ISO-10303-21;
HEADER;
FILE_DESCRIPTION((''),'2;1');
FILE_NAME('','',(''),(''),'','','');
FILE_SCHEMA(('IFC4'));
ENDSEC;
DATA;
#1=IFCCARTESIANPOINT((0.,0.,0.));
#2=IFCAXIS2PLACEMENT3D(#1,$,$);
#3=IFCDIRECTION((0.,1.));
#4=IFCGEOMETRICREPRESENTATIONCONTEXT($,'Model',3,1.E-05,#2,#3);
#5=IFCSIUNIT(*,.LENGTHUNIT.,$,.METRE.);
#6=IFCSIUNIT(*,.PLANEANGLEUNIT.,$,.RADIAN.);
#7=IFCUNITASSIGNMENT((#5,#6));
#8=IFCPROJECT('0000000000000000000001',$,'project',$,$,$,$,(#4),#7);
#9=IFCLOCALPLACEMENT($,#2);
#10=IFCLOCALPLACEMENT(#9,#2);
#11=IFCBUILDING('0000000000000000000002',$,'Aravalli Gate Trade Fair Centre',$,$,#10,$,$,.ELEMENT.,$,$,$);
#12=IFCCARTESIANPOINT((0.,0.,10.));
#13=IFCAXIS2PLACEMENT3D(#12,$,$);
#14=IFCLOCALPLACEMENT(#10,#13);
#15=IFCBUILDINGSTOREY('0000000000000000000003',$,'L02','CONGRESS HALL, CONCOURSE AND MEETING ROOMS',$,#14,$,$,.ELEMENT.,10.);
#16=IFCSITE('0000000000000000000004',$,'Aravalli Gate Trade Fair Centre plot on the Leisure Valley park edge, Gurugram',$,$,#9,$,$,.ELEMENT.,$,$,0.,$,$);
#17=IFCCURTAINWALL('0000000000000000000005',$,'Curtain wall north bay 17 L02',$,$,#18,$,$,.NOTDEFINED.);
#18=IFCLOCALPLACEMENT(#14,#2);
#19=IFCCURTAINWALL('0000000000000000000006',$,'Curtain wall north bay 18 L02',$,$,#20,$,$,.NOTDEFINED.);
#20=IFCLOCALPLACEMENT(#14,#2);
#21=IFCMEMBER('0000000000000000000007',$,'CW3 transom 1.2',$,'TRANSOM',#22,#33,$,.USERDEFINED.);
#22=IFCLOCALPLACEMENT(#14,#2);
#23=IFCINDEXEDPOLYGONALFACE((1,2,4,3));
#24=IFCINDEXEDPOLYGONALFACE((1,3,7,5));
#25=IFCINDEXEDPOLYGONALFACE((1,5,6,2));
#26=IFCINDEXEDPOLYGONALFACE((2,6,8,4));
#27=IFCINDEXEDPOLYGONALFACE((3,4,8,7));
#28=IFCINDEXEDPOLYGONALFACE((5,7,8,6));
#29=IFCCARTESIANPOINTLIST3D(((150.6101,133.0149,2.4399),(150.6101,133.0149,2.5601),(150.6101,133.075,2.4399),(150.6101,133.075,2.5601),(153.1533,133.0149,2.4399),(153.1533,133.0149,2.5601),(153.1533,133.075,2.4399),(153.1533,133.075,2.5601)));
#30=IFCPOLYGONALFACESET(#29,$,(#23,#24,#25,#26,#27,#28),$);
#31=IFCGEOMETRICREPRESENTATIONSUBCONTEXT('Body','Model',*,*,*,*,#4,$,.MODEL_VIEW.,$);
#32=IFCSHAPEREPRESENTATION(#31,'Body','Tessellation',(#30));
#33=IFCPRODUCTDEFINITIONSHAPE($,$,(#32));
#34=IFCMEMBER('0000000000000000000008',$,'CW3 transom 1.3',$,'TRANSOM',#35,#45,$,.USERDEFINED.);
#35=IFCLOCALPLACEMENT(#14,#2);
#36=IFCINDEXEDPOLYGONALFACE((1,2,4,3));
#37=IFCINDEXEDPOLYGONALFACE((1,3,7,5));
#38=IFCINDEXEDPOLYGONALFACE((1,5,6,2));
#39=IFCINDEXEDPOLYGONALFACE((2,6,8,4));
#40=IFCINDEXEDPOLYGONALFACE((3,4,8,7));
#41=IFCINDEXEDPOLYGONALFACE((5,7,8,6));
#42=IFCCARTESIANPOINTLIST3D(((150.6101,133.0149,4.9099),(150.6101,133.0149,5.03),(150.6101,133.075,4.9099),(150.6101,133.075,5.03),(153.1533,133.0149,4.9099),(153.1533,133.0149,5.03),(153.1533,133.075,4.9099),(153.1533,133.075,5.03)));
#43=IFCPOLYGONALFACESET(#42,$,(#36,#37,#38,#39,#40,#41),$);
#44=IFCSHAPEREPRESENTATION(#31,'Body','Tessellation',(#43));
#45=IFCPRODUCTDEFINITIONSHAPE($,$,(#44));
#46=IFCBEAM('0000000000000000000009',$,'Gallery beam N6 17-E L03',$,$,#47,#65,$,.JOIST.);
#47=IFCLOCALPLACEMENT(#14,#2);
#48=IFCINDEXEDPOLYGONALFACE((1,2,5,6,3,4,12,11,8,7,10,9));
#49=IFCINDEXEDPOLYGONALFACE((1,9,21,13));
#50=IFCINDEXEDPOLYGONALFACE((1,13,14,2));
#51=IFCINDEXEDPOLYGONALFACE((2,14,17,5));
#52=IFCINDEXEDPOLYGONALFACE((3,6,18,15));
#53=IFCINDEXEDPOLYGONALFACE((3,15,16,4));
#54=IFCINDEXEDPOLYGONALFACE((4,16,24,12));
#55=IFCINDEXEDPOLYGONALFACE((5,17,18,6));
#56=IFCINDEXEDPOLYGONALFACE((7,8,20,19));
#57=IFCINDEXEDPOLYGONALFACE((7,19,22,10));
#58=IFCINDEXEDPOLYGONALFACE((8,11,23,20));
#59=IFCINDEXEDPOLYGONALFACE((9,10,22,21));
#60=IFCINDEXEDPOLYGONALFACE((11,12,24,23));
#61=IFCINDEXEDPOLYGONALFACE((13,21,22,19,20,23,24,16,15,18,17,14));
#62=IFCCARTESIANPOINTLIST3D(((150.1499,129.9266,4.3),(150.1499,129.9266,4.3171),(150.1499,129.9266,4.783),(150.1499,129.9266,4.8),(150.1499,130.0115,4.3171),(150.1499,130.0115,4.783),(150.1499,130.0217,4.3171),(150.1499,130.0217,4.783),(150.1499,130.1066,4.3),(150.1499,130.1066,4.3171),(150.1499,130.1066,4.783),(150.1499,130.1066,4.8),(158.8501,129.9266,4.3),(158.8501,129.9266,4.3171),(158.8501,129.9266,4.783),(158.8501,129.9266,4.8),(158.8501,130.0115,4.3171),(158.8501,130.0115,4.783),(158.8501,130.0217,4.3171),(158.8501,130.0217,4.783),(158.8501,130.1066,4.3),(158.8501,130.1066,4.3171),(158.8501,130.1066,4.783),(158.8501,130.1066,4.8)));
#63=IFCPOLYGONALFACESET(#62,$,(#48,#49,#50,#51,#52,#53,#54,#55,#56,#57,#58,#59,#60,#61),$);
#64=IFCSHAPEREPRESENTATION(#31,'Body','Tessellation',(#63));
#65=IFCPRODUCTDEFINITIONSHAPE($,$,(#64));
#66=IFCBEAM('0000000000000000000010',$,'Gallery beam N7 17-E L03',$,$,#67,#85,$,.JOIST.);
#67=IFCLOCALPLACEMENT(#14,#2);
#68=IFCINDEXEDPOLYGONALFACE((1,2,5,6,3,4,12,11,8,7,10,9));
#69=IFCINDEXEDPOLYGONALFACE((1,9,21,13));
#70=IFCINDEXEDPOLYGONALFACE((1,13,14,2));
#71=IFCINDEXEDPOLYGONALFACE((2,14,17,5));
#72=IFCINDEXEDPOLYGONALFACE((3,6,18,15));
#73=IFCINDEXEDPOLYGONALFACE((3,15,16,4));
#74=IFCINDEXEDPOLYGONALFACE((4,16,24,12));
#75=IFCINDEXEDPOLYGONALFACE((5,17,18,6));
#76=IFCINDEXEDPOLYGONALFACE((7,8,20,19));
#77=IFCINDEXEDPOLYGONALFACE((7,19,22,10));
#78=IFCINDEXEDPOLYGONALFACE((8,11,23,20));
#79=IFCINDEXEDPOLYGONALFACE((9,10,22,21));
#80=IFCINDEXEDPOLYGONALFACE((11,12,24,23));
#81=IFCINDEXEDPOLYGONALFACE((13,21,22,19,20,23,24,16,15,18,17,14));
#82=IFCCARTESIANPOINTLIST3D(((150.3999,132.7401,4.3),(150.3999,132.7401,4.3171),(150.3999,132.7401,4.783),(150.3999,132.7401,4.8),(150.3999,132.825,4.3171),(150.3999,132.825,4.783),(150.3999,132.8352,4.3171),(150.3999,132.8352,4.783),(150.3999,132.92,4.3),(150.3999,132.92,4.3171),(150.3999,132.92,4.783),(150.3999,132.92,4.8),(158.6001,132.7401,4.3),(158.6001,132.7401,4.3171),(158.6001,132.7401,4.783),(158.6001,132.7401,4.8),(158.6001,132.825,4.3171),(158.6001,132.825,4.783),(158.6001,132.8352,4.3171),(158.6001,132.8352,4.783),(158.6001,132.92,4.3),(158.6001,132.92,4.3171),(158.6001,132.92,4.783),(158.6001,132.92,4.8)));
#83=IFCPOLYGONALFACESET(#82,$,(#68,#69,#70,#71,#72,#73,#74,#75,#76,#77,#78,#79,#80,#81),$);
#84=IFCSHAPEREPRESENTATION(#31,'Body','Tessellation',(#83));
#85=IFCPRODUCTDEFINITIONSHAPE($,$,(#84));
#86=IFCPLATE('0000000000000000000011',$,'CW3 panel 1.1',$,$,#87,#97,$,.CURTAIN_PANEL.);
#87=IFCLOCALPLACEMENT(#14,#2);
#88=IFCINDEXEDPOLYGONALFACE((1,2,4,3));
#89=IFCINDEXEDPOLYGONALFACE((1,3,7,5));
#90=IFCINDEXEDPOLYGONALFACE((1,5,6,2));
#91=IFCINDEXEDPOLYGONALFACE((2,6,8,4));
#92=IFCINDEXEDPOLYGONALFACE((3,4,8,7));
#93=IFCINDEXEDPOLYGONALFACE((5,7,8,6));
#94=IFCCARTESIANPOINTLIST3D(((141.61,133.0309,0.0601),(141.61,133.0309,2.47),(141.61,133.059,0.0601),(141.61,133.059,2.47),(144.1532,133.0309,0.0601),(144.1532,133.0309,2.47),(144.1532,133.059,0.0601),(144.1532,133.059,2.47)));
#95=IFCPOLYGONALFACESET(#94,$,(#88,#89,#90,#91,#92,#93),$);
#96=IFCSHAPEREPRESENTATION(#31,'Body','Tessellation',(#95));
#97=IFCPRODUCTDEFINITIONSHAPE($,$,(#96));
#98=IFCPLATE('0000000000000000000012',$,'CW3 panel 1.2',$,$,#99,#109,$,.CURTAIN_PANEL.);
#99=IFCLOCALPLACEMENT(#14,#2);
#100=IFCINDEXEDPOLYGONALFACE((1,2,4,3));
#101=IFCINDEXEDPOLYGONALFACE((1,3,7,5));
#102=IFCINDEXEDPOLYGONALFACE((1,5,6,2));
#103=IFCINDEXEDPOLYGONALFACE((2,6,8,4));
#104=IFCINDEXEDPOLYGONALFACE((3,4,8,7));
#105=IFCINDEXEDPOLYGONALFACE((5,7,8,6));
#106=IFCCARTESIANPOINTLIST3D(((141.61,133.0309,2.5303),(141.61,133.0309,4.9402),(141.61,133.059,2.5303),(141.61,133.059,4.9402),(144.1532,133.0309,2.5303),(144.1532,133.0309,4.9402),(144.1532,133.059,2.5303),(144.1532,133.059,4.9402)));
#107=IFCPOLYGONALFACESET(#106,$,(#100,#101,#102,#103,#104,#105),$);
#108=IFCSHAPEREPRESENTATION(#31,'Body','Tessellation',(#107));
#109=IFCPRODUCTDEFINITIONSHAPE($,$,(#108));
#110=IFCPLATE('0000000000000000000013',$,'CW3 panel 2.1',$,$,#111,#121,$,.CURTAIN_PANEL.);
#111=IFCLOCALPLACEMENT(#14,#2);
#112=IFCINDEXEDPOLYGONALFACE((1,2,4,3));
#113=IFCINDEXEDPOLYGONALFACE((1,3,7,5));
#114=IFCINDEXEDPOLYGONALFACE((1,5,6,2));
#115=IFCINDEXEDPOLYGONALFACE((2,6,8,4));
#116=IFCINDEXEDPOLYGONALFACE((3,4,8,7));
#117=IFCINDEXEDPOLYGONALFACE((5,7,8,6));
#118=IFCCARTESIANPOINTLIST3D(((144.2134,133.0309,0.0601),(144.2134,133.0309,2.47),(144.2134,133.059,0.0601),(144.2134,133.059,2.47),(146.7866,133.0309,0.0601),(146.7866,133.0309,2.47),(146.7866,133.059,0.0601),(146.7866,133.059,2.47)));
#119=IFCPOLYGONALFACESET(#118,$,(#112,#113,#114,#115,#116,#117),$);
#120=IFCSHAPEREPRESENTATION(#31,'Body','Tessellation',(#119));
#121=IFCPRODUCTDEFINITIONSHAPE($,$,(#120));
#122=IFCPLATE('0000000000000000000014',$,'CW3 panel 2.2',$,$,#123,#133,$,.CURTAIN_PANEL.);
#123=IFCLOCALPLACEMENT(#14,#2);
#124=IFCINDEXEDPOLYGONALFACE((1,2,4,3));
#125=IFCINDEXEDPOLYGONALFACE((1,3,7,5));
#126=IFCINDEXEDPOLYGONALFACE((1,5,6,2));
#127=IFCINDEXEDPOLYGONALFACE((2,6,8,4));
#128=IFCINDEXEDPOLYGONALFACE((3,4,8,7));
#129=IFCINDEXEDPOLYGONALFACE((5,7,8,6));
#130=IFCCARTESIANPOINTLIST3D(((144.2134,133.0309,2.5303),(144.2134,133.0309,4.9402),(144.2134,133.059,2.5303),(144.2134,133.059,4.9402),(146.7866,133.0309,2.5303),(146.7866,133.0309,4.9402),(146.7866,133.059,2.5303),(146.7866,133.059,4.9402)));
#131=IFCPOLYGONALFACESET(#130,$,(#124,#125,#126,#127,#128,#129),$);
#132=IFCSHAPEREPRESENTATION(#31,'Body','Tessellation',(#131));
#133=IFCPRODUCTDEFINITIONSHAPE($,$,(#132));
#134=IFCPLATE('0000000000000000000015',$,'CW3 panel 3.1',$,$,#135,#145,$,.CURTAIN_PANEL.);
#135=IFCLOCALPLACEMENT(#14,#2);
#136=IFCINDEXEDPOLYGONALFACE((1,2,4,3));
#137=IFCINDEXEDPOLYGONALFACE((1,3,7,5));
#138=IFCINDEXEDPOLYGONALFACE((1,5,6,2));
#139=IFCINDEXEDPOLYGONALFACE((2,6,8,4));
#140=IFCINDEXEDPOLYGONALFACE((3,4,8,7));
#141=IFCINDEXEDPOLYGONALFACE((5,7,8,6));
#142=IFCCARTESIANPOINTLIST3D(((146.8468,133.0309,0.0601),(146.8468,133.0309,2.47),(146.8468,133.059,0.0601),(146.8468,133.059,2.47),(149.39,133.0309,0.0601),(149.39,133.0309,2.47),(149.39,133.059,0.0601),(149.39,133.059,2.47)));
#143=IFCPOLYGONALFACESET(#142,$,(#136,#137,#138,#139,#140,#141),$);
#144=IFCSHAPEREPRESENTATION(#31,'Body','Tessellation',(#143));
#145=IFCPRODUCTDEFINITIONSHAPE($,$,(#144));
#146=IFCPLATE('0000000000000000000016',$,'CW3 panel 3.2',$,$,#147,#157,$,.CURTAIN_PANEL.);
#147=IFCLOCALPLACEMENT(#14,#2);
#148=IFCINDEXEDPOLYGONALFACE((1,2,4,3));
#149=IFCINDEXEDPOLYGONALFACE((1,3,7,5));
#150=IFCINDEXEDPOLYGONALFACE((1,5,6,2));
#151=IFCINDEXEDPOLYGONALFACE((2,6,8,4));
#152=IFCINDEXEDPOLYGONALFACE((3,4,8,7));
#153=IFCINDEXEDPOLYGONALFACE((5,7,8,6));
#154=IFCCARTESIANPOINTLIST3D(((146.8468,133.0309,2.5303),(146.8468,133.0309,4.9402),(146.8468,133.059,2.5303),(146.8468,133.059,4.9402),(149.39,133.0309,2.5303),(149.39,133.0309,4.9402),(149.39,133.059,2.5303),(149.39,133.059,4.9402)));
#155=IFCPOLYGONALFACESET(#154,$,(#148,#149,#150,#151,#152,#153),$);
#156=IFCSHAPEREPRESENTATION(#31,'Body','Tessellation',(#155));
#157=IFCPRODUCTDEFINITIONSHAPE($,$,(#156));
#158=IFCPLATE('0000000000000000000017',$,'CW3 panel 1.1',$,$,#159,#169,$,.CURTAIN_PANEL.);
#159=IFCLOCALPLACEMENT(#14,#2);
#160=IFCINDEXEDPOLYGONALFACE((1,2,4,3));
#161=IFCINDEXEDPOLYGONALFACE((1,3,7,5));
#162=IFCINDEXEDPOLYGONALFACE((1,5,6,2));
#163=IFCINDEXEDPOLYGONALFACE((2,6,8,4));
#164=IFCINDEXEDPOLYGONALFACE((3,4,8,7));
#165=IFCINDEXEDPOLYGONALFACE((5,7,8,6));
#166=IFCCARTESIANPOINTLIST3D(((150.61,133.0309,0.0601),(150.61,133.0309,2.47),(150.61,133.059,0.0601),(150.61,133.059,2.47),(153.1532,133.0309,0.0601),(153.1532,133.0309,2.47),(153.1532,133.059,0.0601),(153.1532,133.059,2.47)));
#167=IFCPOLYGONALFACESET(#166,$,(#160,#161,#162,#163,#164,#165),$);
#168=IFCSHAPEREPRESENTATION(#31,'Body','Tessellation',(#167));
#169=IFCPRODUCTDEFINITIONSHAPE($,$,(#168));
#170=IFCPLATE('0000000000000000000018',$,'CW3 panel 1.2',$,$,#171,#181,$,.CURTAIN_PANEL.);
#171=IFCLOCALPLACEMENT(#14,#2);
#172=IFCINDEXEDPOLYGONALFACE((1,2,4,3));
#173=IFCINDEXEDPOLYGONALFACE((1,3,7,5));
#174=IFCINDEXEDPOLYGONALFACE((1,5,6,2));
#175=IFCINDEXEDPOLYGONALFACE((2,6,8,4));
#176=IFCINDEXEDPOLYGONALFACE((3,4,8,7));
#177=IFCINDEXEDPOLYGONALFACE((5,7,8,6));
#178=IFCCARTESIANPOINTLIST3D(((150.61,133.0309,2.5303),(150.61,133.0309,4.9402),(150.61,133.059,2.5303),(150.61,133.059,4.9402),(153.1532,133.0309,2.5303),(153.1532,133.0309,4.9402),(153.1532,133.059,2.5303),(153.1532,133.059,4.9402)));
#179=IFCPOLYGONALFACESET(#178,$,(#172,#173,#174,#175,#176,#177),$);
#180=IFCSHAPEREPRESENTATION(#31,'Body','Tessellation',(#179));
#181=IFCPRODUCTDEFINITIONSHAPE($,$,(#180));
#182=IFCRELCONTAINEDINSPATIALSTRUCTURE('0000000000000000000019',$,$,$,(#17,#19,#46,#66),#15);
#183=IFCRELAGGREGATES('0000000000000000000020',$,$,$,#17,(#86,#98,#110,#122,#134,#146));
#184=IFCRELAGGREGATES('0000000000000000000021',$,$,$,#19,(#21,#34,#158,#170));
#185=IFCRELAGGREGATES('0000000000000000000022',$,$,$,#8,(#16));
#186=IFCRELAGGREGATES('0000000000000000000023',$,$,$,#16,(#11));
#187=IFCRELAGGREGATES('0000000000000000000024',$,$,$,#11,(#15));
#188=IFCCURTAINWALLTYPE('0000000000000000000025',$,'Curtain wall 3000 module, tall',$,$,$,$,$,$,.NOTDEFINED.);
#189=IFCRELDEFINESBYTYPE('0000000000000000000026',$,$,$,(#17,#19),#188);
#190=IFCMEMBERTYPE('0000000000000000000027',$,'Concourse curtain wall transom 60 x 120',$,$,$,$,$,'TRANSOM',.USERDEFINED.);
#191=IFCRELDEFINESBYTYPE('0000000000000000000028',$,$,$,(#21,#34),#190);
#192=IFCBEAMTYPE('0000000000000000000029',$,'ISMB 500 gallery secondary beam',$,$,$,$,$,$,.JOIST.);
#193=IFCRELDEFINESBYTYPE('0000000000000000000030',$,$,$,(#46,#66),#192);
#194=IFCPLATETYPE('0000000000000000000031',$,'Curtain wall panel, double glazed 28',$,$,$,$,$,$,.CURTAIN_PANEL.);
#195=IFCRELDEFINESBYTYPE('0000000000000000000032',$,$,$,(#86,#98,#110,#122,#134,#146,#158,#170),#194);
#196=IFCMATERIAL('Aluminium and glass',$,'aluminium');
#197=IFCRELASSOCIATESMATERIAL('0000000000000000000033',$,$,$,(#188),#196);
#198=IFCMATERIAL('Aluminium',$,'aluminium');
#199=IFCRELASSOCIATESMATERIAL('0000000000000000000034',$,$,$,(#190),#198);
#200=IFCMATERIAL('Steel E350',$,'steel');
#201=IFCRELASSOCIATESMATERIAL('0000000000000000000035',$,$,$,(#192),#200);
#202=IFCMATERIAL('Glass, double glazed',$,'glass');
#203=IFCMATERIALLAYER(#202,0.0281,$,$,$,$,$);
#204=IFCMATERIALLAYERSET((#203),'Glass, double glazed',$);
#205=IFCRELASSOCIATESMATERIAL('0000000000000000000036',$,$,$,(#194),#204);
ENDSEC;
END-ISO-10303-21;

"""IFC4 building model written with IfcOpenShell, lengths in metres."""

from ifc_helpers import new_model, si_unit, direction, frame, origin, origin_2d, place, context, subcontext, project, spatial, rectangle, i_section, extrude, material, layer, layer_set, material_profile, profile_set, type_object, element, aggregate, save


model = new_model("IFC4")

# Units and contexts
model_context = context("Model", 3, precision=1e-05, world=origin(), true_north=direction((0.0, 1.0)))
body_context = subcontext(model_context, "Body", "Model", "MODEL_VIEW")
ifc_project = project(units=[si_unit("LENGTHUNIT", "METRE"), si_unit("PLANEANGLEUNIT", "RADIAN")], contexts=[model_context])

# Site, building, storey
site_placement = place(None, origin())
site = spatial("IfcSite", under=ifc_project, at=site_placement, Name="Aravalli Gate Trade Fair Centre plot on the Leisure Valley park edge, Gurugram", CompositionType="ELEMENT", RefElevation=0.0)
building_placement = place(site_placement, origin())
building = spatial("IfcBuilding", under=site, at=building_placement, Name="Aravalli Gate Trade Fair Centre", CompositionType="ELEMENT")
storey_placement = place(building_placement, frame((0.0, 0.0, 10.0)))
storey = spatial("IfcBuildingStorey", under=building, at=storey_placement, Name="L02", Description="CONGRESS HALL, CONCOURSE AND MEETING ROOMS", CompositionType="ELEMENT", Elevation=10.0)

# Curtain wall
ifc_material_1 = material(Name="Aluminium and glass", Category="aluminium")
curtain_wall_type = type_object("IfcCurtainWallType", Name="Curtain wall 3000 module, tall", PredefinedType="NOTDEFINED", material=ifc_material_1)
curtain_wall_1_placement = place(storey_placement, origin())
curtain_wall_1 = element("IfcCurtainWall", 1, at=curtain_wall_1_placement, inside=storey, type_object=curtain_wall_type, Name="Curtain wall north bay 17 L02", PredefinedType="NOTDEFINED")
ifc_material_2 = material(Name="Aluminium", Category="aluminium")

# Curtain wall
curtain_wall_2_placement = place(storey_placement, origin())
curtain_wall_2 = element("IfcCurtainWall", 2, at=curtain_wall_2_placement, inside=storey, type_object=curtain_wall_type, Name="Curtain wall north bay 18 L02", PredefinedType="NOTDEFINED")

# Members
ifc_material_profile_1 = material_profile(ifc_material_2, rectangle(XDim=0.0601, YDim=0.1201, at=origin_2d()), Name="Concourse curtain wall transom 60 x 120")
ifc_profile_set_1 = profile_set([ifc_material_profile_1], Name="Aluminium")
member_type_1 = type_object("IfcMemberType", Name="Concourse curtain wall transom 60 x 120", ElementType="TRANSOM", PredefinedType="USERDEFINED", material=ifc_profile_set_1)
member_1_placement = place(storey_placement, frame((150.6101, 133.0449, 2.5), z_axis=(1.0, 0.0, 0.0), x_axis=(0.0, 1.0, 0.0)))
member_1 = element("IfcMember", 3, at=member_1_placement, type_object=member_type_1, Name="CW3 transom 1.2", ObjectType="TRANSOM", PredefinedType="USERDEFINED", context=body_context, shape_type="SweptSolid", body=[
    extrude(rectangle(XDim=0.0601, YDim=0.1201, at=origin_2d()), origin(), (0.0, 0.0, 1.0), 2.5432),
])
member_2_placement = place(storey_placement, frame((150.6101, 133.0449, 4.97), z_axis=(1.0, 0.0, 0.0), x_axis=(0.0, 1.0, 0.0)))
member_2 = element("IfcMember", 4, at=member_2_placement, type_object=member_type_1, Name="CW3 transom 1.3", ObjectType="TRANSOM", PredefinedType="USERDEFINED", context=body_context, shape_type="SweptSolid", body=[
    extrude(rectangle(XDim=0.0601, YDim=0.1201, at=origin_2d()), origin(), (0.0, 0.0, 1.0), 2.5432),
])

# Beams
ifc_material_3 = material(Name="Steel E350", Category="steel")
ifc_material_profile_2 = material_profile(ifc_material_3, i_section(OverallWidth=0.1799, OverallDepth=0.5, WebThickness=0.0103, FlangeThickness=0.0171, at=origin_2d()), Name="ISMB 500")
ifc_profile_set_2 = profile_set([ifc_material_profile_2], Name="Steel E350")
beam_type = type_object("IfcBeamType", Name="ISMB 500 gallery secondary beam", PredefinedType="JOIST", material=ifc_profile_set_2)
beam_1_placement = place(storey_placement, frame((150.1499, 130.0166, 4.55), z_axis=(1.0, 0.0, 0.0), x_axis=(0.0, 1.0, 0.0)))
element("IfcBeam", 5, at=beam_1_placement, inside=storey, type_object=beam_type, Name="Gallery beam N6 17-E L03", PredefinedType="JOIST", context=body_context, shape_type="SweptSolid", body=[
    extrude(i_section(OverallWidth=0.1799, OverallDepth=0.5, WebThickness=0.0103, FlangeThickness=0.0171, at=origin_2d()), origin(), (0.0, 0.0, 1.0), 8.7002),
])
beam_2_placement = place(storey_placement, frame((150.3999, 132.8301, 4.55), z_axis=(1.0, 0.0, 0.0), x_axis=(0.0, 1.0, 0.0)))
element("IfcBeam", 6, at=beam_2_placement, inside=storey, type_object=beam_type, Name="Gallery beam N7 17-E L03", PredefinedType="JOIST", context=body_context, shape_type="SweptSolid", body=[
    extrude(i_section(OverallWidth=0.1799, OverallDepth=0.5, WebThickness=0.0103, FlangeThickness=0.0171, at=origin_2d()), origin(), (0.0, 0.0, 1.0), 8.2002),
])

# Plates
ifc_material_4 = material(Name="Glass, double glazed", Category="glass")
ifc_layer = layer(ifc_material_4, 0.0281)
ifc_layer_set = layer_set([ifc_layer], Name="Glass, double glazed")
plate_type = type_object("IfcPlateType", Name="Curtain wall panel, double glazed 28", PredefinedType="CURTAIN_PANEL", material=ifc_layer_set)
plate_1_placement = place(storey_placement, frame((142.8816, 133.0449, 0.0601), z_axis=(0.0, 0.0, 1.0), x_axis=(1.0, 0.0, 0.0)))
plate_1 = element("IfcPlate", 7, at=plate_1_placement, type_object=plate_type, Name="CW3 panel 1.1", PredefinedType="CURTAIN_PANEL", context=body_context, shape_type="SweptSolid", body=[
    extrude(rectangle(XDim=2.5432, YDim=0.0281, at=origin_2d()), origin(), (0.0, 0.0, 1.0), 2.4099),
])
plate_2_placement = place(storey_placement, frame((142.8816, 133.0449, 2.5303), z_axis=(0.0, 0.0, 1.0), x_axis=(1.0, 0.0, 0.0)))
plate_2 = element("IfcPlate", 8, at=plate_2_placement, type_object=plate_type, Name="CW3 panel 1.2", PredefinedType="CURTAIN_PANEL", context=body_context, shape_type="SweptSolid", body=[
    extrude(rectangle(XDim=2.5432, YDim=0.0281, at=origin_2d()), origin(), (0.0, 0.0, 1.0), 2.4099),
])
plate_3_placement = place(storey_placement, frame((145.5, 133.0449, 0.0601), z_axis=(0.0, 0.0, 1.0), x_axis=(1.0, 0.0, 0.0)))
plate_3 = element("IfcPlate", 9, at=plate_3_placement, type_object=plate_type, Name="CW3 panel 2.1", PredefinedType="CURTAIN_PANEL", context=body_context, shape_type="SweptSolid", body=[
    extrude(rectangle(XDim=2.5732, YDim=0.0281, at=origin_2d()), origin(), (0.0, 0.0, 1.0), 2.4099),
])
plate_4_placement = place(storey_placement, frame((145.5, 133.0449, 2.5303), z_axis=(0.0, 0.0, 1.0), x_axis=(1.0, 0.0, 0.0)))
plate_4 = element("IfcPlate", 10, at=plate_4_placement, type_object=plate_type, Name="CW3 panel 2.2", PredefinedType="CURTAIN_PANEL", context=body_context, shape_type="SweptSolid", body=[
    extrude(rectangle(XDim=2.5732, YDim=0.0281, at=origin_2d()), origin(), (0.0, 0.0, 1.0), 2.4099),
])
plate_5_placement = place(storey_placement, frame((148.1184, 133.0449, 0.0601), z_axis=(0.0, 0.0, 1.0), x_axis=(1.0, 0.0, 0.0)))
plate_5 = element("IfcPlate", 11, at=plate_5_placement, type_object=plate_type, Name="CW3 panel 3.1", PredefinedType="CURTAIN_PANEL", context=body_context, shape_type="SweptSolid", body=[
    extrude(rectangle(XDim=2.5432, YDim=0.0281, at=origin_2d()), origin(), (0.0, 0.0, 1.0), 2.4099),
])
plate_6_placement = place(storey_placement, frame((148.1184, 133.0449, 2.5303), z_axis=(0.0, 0.0, 1.0), x_axis=(1.0, 0.0, 0.0)))
plate_6 = element("IfcPlate", 12, at=plate_6_placement, type_object=plate_type, Name="CW3 panel 3.2", PredefinedType="CURTAIN_PANEL", context=body_context, shape_type="SweptSolid", body=[
    extrude(rectangle(XDim=2.5432, YDim=0.0281, at=origin_2d()), origin(), (0.0, 0.0, 1.0), 2.4099),
])
aggregate(curtain_wall_1, [plate_1, plate_2, plate_3, plate_4, plate_5, plate_6])
plate_7_placement = place(storey_placement, frame((151.8816, 133.0449, 0.0601), z_axis=(0.0, 0.0, 1.0), x_axis=(1.0, 0.0, 0.0)))
plate_7 = element("IfcPlate", 13, at=plate_7_placement, type_object=plate_type, Name="CW3 panel 1.1", PredefinedType="CURTAIN_PANEL", context=body_context, shape_type="SweptSolid", body=[
    extrude(rectangle(XDim=2.5432, YDim=0.0281, at=origin_2d()), origin(), (0.0, 0.0, 1.0), 2.4099),
])
plate_8_placement = place(storey_placement, frame((151.8816, 133.0449, 2.5303), z_axis=(0.0, 0.0, 1.0), x_axis=(1.0, 0.0, 0.0)))
plate_8 = element("IfcPlate", 14, at=plate_8_placement, type_object=plate_type, Name="CW3 panel 1.2", PredefinedType="CURTAIN_PANEL", context=body_context, shape_type="SweptSolid", body=[
    extrude(rectangle(XDim=2.5432, YDim=0.0281, at=origin_2d()), origin(), (0.0, 0.0, 1.0), 2.4099),
])
aggregate(curtain_wall_2, [member_1, member_2, plate_7, plate_8])

save(model, "model.ifc")
